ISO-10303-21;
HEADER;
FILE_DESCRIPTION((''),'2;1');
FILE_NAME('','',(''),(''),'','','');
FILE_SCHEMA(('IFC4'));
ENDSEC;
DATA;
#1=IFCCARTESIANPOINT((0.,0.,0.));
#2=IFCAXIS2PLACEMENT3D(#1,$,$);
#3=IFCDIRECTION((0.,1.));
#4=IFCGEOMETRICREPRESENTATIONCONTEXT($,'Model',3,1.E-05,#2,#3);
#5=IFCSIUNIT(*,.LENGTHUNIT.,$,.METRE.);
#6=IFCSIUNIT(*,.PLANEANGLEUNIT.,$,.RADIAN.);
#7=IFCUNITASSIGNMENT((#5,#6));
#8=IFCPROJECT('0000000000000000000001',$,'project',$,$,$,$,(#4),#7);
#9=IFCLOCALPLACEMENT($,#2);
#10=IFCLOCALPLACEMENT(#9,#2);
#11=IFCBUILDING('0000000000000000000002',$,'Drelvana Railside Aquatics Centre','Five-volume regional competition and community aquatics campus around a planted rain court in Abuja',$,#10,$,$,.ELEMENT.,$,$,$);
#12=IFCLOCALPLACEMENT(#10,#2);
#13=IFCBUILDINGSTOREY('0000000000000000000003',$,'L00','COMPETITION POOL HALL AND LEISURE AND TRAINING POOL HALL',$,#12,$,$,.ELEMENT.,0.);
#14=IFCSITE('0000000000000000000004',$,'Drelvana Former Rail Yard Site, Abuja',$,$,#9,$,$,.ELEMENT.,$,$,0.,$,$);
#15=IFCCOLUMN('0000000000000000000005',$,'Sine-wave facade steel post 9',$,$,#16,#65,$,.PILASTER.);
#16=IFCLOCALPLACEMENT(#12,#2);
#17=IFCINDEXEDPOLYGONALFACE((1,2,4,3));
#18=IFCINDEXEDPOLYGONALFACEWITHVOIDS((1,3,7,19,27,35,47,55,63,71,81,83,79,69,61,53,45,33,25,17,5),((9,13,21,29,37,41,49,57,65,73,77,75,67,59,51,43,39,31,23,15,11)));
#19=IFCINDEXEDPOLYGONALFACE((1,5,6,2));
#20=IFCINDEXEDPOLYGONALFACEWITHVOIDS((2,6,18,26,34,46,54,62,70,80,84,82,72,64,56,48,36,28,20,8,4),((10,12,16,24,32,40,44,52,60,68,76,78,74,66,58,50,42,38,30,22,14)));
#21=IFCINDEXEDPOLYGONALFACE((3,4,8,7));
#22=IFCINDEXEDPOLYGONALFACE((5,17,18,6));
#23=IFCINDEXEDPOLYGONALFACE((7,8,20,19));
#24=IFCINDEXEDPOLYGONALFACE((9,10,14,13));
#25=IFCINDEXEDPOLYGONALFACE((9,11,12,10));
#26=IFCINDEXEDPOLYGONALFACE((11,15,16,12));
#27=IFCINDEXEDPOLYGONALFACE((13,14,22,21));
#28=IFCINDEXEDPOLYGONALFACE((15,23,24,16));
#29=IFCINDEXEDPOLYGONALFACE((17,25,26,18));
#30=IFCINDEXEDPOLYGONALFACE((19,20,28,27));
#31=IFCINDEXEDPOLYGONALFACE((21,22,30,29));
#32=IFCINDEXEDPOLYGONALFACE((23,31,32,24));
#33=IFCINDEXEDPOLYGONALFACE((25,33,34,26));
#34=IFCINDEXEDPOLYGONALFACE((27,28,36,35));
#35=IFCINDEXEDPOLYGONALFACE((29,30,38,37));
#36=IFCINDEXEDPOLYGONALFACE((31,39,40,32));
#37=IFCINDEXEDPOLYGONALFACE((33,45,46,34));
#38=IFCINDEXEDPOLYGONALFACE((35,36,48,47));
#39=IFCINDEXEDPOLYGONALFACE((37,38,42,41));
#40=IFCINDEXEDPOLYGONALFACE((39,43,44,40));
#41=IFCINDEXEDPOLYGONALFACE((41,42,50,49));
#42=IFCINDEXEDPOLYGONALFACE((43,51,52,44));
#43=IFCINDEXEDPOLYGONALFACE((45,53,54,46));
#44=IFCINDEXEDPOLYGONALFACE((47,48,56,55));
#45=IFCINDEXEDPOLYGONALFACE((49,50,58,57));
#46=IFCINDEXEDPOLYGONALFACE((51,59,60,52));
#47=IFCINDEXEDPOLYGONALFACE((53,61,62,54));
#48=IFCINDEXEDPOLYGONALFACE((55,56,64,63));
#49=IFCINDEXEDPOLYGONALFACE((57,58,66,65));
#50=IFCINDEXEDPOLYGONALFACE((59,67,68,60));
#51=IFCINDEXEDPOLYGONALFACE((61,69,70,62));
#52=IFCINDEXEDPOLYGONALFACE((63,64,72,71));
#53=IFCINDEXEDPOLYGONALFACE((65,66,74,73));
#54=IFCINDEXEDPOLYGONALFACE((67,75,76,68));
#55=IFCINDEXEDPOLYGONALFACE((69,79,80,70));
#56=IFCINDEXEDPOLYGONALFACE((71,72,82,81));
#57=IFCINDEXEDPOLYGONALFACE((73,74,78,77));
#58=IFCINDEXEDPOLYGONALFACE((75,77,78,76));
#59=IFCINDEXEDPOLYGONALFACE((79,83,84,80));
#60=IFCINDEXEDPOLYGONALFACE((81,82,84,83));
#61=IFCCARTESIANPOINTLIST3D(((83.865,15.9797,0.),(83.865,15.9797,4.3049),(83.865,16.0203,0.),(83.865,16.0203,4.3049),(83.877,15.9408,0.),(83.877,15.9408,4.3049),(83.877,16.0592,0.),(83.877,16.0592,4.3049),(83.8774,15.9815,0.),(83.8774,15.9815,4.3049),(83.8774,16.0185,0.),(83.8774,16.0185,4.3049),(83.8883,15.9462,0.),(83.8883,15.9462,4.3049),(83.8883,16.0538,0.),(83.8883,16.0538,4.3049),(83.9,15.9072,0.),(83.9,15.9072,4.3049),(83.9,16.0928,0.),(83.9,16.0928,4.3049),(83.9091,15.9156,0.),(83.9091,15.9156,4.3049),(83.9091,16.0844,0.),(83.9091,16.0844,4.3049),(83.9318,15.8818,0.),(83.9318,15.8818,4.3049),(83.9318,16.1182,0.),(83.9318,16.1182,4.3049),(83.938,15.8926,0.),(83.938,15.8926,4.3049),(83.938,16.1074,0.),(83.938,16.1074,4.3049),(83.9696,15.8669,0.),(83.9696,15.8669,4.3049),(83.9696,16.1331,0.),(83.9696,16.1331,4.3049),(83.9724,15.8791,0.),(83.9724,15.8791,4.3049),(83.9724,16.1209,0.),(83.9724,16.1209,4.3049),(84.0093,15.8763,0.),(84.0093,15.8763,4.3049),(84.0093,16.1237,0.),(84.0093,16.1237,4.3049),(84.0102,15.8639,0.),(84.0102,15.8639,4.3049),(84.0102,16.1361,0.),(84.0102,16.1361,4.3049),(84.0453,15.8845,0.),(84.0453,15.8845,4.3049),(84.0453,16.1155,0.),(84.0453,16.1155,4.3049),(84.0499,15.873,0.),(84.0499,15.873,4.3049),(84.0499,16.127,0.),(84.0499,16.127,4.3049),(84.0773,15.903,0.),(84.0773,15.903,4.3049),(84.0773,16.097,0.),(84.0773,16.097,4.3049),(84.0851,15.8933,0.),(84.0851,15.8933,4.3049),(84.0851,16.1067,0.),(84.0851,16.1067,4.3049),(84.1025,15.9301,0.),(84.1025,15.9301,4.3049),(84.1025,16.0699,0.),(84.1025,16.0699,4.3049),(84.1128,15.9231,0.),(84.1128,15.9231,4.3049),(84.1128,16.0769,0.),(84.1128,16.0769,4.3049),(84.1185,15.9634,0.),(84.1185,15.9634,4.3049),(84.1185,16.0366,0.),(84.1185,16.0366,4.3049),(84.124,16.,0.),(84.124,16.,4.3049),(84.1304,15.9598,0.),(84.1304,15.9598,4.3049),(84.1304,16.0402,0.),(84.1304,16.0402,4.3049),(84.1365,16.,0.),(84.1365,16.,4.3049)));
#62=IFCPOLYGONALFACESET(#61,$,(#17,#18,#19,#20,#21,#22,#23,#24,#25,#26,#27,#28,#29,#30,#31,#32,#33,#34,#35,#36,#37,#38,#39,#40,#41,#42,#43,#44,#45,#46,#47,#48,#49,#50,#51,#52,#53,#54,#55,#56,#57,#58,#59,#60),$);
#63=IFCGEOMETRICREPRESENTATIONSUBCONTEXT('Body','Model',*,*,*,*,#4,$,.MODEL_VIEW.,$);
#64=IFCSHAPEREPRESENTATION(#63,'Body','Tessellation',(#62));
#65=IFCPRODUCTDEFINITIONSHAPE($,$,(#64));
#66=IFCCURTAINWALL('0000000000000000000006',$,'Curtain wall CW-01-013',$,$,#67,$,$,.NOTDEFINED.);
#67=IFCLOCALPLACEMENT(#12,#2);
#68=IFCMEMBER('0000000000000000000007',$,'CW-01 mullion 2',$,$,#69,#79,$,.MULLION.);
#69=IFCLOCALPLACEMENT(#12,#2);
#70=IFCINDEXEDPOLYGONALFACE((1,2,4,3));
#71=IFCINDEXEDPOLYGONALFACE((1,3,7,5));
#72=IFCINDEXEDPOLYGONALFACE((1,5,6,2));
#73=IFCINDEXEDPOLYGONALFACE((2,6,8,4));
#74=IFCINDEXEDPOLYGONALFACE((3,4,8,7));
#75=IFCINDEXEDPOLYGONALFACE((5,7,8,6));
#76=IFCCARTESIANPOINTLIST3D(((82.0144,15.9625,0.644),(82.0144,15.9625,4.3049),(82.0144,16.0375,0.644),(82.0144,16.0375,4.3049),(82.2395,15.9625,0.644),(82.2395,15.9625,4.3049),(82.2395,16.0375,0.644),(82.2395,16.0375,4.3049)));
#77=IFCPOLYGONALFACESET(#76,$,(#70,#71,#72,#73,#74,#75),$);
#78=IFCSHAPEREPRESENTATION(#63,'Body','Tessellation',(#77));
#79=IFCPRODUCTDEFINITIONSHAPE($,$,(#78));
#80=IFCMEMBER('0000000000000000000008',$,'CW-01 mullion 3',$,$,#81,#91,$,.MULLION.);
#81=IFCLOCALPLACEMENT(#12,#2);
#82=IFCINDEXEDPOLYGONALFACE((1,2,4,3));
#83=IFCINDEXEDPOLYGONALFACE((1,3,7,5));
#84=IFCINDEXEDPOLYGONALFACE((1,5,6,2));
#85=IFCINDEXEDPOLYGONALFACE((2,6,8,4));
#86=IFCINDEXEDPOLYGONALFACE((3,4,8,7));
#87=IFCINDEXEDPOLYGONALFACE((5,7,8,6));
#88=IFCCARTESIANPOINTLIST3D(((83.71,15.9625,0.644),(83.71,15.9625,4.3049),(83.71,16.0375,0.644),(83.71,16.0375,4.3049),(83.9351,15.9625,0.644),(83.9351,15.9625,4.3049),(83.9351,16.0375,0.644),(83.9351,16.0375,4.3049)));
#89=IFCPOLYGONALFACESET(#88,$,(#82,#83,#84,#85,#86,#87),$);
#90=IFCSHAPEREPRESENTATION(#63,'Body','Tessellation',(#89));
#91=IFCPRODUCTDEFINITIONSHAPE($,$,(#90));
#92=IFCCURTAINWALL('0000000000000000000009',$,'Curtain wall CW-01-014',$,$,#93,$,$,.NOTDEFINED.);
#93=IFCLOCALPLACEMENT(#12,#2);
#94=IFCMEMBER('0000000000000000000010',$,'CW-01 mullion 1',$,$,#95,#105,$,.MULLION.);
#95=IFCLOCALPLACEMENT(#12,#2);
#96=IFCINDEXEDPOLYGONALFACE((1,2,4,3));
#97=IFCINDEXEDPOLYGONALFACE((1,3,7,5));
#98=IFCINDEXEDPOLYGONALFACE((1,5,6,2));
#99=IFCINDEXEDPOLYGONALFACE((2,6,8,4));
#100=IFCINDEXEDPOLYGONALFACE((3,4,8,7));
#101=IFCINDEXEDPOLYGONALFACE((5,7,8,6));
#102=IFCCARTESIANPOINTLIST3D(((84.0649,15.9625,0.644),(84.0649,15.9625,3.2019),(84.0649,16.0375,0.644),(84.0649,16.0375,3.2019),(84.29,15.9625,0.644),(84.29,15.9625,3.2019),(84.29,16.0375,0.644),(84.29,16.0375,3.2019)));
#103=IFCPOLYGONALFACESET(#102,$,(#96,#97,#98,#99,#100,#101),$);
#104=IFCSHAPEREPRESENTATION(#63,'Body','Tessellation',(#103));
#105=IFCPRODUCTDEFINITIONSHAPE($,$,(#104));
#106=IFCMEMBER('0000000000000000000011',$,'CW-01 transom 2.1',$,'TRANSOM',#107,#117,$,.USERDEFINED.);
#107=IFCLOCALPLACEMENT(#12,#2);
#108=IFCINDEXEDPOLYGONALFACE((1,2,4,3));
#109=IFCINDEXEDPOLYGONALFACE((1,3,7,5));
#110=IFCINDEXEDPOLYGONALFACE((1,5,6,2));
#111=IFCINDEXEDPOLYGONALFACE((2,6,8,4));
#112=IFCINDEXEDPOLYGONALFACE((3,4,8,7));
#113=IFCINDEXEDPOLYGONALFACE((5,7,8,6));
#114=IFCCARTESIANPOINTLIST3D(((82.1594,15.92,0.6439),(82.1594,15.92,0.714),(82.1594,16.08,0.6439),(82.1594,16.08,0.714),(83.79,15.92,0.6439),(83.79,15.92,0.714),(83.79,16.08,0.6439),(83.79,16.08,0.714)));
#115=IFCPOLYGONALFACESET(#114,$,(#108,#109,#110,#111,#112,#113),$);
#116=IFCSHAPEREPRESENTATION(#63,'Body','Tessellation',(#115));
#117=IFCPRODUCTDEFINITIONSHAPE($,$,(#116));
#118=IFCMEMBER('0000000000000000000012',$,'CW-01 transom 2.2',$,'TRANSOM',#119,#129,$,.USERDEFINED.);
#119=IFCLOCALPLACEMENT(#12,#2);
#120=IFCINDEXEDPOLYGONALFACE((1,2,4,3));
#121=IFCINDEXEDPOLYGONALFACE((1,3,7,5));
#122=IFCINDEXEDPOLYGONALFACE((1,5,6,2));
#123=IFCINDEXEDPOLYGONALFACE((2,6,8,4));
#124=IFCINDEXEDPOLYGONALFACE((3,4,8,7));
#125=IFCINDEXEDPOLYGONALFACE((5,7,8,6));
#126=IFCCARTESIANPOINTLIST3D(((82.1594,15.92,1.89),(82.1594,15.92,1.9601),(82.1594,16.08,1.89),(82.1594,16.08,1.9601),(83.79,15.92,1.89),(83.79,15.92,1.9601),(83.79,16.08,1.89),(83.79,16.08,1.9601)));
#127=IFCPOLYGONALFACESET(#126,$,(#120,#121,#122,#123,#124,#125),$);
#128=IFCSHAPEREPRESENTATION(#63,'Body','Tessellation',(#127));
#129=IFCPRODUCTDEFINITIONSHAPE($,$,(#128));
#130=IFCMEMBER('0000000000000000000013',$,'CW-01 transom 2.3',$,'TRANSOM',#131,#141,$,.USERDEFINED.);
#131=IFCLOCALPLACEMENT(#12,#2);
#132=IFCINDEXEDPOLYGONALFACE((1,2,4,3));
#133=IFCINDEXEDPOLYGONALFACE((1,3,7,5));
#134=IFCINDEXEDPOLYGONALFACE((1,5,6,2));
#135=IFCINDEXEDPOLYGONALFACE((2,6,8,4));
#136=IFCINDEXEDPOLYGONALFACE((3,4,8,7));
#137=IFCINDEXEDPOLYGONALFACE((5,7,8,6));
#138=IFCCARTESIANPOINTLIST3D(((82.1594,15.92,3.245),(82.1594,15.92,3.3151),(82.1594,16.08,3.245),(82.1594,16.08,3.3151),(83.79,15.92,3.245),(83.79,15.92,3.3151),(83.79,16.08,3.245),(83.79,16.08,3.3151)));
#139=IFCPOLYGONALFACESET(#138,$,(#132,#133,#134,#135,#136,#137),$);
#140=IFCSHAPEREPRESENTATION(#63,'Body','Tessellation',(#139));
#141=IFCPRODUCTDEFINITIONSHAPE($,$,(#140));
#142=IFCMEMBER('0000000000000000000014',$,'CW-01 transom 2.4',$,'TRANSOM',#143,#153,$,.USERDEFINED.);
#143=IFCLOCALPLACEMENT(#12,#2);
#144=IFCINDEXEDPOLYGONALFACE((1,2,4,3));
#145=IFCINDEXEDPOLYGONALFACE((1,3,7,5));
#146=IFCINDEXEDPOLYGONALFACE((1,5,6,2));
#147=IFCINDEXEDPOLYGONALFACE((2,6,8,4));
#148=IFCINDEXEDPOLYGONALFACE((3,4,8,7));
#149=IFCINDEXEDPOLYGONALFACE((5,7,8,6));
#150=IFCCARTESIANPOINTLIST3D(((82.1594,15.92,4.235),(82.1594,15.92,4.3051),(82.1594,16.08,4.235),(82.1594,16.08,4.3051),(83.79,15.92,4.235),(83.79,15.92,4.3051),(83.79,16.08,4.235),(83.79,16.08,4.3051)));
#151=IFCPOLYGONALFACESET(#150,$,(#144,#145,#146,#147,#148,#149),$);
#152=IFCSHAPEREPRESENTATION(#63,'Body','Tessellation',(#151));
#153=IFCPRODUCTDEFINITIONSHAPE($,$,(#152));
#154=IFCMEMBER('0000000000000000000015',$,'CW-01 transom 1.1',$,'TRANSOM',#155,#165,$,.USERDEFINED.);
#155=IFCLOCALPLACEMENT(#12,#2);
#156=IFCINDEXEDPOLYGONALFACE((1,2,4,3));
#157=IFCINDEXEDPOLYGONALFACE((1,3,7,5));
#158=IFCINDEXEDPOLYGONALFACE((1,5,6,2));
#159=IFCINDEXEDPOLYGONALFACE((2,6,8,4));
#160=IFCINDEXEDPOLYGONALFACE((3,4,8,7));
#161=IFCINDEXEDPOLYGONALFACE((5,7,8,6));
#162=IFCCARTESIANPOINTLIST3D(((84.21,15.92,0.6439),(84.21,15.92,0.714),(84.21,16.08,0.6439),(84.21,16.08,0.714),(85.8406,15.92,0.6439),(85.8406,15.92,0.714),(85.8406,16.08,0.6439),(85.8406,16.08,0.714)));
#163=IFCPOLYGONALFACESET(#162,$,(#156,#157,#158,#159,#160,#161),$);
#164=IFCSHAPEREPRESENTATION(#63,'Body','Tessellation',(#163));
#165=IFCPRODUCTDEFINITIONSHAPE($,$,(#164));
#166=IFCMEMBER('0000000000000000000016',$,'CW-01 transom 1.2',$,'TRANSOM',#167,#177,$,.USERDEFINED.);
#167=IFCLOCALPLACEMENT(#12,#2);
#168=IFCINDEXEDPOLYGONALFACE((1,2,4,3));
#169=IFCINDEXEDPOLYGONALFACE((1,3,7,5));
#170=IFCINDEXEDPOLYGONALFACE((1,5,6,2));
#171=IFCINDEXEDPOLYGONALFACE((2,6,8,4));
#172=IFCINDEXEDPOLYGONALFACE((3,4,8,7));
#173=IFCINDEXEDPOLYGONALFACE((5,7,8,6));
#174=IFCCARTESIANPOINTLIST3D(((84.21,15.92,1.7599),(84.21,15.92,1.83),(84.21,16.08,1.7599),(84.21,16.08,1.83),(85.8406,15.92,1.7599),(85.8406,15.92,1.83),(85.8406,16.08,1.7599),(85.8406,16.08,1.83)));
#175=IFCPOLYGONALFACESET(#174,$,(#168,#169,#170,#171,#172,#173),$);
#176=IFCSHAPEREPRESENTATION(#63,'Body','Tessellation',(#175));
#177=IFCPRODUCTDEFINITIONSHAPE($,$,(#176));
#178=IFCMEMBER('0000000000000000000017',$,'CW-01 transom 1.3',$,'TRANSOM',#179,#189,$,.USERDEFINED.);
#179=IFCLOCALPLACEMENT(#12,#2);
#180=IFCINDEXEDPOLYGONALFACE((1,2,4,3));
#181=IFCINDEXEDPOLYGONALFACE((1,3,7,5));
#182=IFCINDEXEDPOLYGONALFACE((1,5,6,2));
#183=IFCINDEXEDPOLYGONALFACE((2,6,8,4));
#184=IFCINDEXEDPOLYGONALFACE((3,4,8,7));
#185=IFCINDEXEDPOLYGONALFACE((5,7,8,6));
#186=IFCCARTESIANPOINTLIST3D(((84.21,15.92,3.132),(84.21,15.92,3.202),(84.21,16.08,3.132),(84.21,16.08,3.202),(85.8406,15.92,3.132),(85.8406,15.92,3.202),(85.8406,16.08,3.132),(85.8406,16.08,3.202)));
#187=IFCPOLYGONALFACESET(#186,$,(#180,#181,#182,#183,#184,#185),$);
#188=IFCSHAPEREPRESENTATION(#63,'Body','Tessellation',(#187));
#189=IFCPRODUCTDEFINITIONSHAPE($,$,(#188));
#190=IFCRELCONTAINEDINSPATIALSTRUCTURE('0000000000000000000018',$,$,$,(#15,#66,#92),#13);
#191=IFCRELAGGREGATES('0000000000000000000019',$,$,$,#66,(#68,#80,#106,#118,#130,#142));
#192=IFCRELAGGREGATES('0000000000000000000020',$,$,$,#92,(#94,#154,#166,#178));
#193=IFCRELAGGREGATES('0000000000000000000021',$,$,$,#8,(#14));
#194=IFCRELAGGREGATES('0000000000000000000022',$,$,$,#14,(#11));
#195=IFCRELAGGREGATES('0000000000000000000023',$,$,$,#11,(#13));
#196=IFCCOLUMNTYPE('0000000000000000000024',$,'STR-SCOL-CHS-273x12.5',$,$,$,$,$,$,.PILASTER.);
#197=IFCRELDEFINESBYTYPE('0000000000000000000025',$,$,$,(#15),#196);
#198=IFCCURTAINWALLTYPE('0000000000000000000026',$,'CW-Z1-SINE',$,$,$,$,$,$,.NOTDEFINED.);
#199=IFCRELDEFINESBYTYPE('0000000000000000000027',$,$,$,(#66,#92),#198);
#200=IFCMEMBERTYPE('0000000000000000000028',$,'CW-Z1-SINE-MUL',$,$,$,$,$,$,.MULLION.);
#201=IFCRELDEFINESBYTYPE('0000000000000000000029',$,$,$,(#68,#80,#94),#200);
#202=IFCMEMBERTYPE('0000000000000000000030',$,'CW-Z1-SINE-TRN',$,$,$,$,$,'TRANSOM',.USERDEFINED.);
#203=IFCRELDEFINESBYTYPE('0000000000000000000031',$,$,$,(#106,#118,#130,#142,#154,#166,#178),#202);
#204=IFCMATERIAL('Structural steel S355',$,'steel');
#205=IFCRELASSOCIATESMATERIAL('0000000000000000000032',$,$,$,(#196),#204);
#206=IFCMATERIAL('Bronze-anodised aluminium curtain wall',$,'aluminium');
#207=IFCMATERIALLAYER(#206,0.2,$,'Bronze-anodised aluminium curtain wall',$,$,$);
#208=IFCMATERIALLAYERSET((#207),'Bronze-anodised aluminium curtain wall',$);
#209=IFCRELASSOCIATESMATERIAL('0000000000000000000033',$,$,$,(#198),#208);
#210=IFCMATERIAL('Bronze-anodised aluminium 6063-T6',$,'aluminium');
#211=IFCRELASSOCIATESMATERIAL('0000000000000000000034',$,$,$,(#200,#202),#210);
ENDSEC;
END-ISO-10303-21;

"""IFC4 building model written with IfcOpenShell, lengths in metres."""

from ifc_helpers import new_model, si_unit, direction, frame, origin, origin_2d, place, context, subcontext, project, spatial, rectangle, hollow_circle, extrude, material, layer, layer_set, material_profile, profile_set, type_object, element, aggregate, save


model = new_model("IFC4")

# Units and contexts
model_context = context("Model", 3, precision=1e-05, world=origin(), true_north=direction((0.0, 1.0)))
body_context = subcontext(model_context, "Body", "Model", "MODEL_VIEW")
ifc_project = project(units=[si_unit("LENGTHUNIT", "METRE"), si_unit("PLANEANGLEUNIT", "RADIAN")], contexts=[model_context])

# Site, building, storey
site_placement = place(None, origin())
site = spatial("IfcSite", under=ifc_project, at=site_placement, Name="Drelvana Former Rail Yard Site, Abuja", CompositionType="ELEMENT", RefElevation=0.0)
building_placement = place(site_placement, origin())
building = spatial("IfcBuilding", under=site, at=building_placement, Name="Drelvana Railside Aquatics Centre", Description="Five-volume regional competition and community aquatics campus around a planted rain court in Abuja", CompositionType="ELEMENT")
storey_placement = place(building_placement, origin())
storey = spatial("IfcBuildingStorey", under=building, at=storey_placement, Name="L00", Description="COMPETITION POOL HALL AND LEISURE AND TRAINING POOL HALL", CompositionType="ELEMENT", Elevation=0.0)

# Column
ifc_material_1 = material(Name="Structural steel S355", Category="steel")
ifc_material_profile_1 = material_profile(ifc_material_1, hollow_circle(Radius=0.1365, WallThickness=0.0125, at=origin_2d()), Name="CHS 273x12.5")
ifc_profile_set_1 = profile_set([ifc_material_profile_1], Name="Structural steel S355")
column_type = type_object("IfcColumnType", Name="STR-SCOL-CHS-273x12.5", PredefinedType="PILASTER", material=ifc_profile_set_1)
column_placement = place(storey_placement, frame((84.0, 16.0, 0.0), z_axis=(0.0, 0.0, 1.0), x_axis=(1.0, 0.0, 0.0)))
element("IfcColumn", 1, at=column_placement, inside=storey, type_object=column_type, Name="Sine-wave facade steel post 9", PredefinedType="PILASTER", context=body_context, shape_type="SweptSolid", body=[
    extrude(hollow_circle(Radius=0.1365, WallThickness=0.0125, at=origin_2d()), origin(), (0.0, 0.0, 1.0), 4.3049),
])

# Curtain wall, members
ifc_material_2 = material(Name="Bronze-anodised aluminium curtain wall", Category="aluminium")
ifc_layer_1 = layer(ifc_material_2, 0.2, Name="Bronze-anodised aluminium curtain wall")
ifc_layer_set_1 = layer_set([ifc_layer_1], Name="Bronze-anodised aluminium curtain wall")
curtain_wall_type = type_object("IfcCurtainWallType", Name="CW-Z1-SINE", PredefinedType="NOTDEFINED", material=ifc_layer_set_1)
curtain_wall_1_placement = place(storey_placement, origin())
curtain_wall_1 = element("IfcCurtainWall", 2, at=curtain_wall_1_placement, inside=storey, type_object=curtain_wall_type, Name="Curtain wall CW-01-013", PredefinedType="NOTDEFINED")
ifc_material_3 = material(Name="Bronze-anodised aluminium 6063-T6", Category="aluminium")
ifc_material_profile_2 = material_profile(ifc_material_3, rectangle(XDim=0.075, YDim=0.2251, at=origin_2d()), Name="ALU-M 75x225")
ifc_profile_set_2 = profile_set([ifc_material_profile_2], Name="Bronze-anodised aluminium 6063-T6")
member_type_1 = type_object("IfcMemberType", Name="CW-Z1-SINE-MUL", PredefinedType="MULLION", material=ifc_profile_set_2)
member_1_placement = place(storey_placement, frame((82.127, 16.0, 0.644), z_axis=(0.0, 0.0, 1.0), x_axis=(0.0, 1.0, 0.0)))
member_1 = element("IfcMember", 3, at=member_1_placement, type_object=member_type_1, Name="CW-01 mullion 2", PredefinedType="MULLION", context=body_context, shape_type="SweptSolid", body=[
    extrude(rectangle(XDim=0.075, YDim=0.2251, at=origin_2d()), origin(), (0.0, 0.0, 1.0), 3.6609),
])
member_2_placement = place(storey_placement, frame((83.8225, 16.0, 0.644), z_axis=(0.0, 0.0, 1.0), x_axis=(0.0, 1.0, 0.0)))
member_2 = element("IfcMember", 4, at=member_2_placement, type_object=member_type_1, Name="CW-01 mullion 3", PredefinedType="MULLION", context=body_context, shape_type="SweptSolid", body=[
    extrude(rectangle(XDim=0.075, YDim=0.2251, at=origin_2d()), origin(), (0.0, 0.0, 1.0), 3.6609),
])

# Curtain wall, member
curtain_wall_2_placement = place(storey_placement, origin())
curtain_wall_2 = element("IfcCurtainWall", 5, at=curtain_wall_2_placement, inside=storey, type_object=curtain_wall_type, Name="Curtain wall CW-01-014", PredefinedType="NOTDEFINED")
member_3_placement = place(storey_placement, frame((84.1775, 16.0, 0.644), z_axis=(0.0, 0.0, 1.0), x_axis=(0.0, 1.0, 0.0)))
member_3 = element("IfcMember", 6, at=member_3_placement, type_object=member_type_1, Name="CW-01 mullion 1", PredefinedType="MULLION", context=body_context, shape_type="SweptSolid", body=[
    extrude(rectangle(XDim=0.075, YDim=0.2251, at=origin_2d()), origin(), (0.0, 0.0, 1.0), 2.5579),
])

# Members
ifc_material_profile_3 = material_profile(ifc_material_3, rectangle(XDim=0.1599, YDim=0.0701, at=origin_2d()), Name="ALU-T 70x160")
ifc_profile_set_3 = profile_set([ifc_material_profile_3], Name="Bronze-anodised aluminium 6063-T6")
member_type_2 = type_object("IfcMemberType", Name="CW-Z1-SINE-TRN", ElementType="TRANSOM", PredefinedType="USERDEFINED", material=ifc_profile_set_3)
member_4_placement = place(storey_placement, frame((82.1594, 16.0, 0.679), z_axis=(1.0, 0.0, 0.0), x_axis=(0.0, 1.0, 0.0)))
member_4 = element("IfcMember", 7, at=member_4_placement, type_object=member_type_2, Name="CW-01 transom 2.1", ObjectType="TRANSOM", PredefinedType="USERDEFINED", context=body_context, shape_type="SweptSolid", body=[
    extrude(rectangle(XDim=0.1599, YDim=0.0701, at=origin_2d()), origin(), (0.0, 0.0, 1.0), 1.6306),
])
member_5_placement = place(storey_placement, frame((82.1594, 16.0, 1.925), z_axis=(1.0, 0.0, 0.0), x_axis=(0.0, 1.0, 0.0)))
member_5 = element("IfcMember", 8, at=member_5_placement, type_object=member_type_2, Name="CW-01 transom 2.2", ObjectType="TRANSOM", PredefinedType="USERDEFINED", context=body_context, shape_type="SweptSolid", body=[
    extrude(rectangle(XDim=0.1599, YDim=0.0701, at=origin_2d()), origin(), (0.0, 0.0, 1.0), 1.6306),
])
member_6_placement = place(storey_placement, frame((82.1594, 16.0, 3.28), z_axis=(1.0, 0.0, 0.0), x_axis=(0.0, 1.0, 0.0)))
member_6 = element("IfcMember", 9, at=member_6_placement, type_object=member_type_2, Name="CW-01 transom 2.3", ObjectType="TRANSOM", PredefinedType="USERDEFINED", context=body_context, shape_type="SweptSolid", body=[
    extrude(rectangle(XDim=0.1599, YDim=0.0701, at=origin_2d()), origin(), (0.0, 0.0, 1.0), 1.6306),
])
member_7_placement = place(storey_placement, frame((82.1594, 16.0, 4.27), z_axis=(1.0, 0.0, 0.0), x_axis=(0.0, 1.0, 0.0)))
member_7 = element("IfcMember", 10, at=member_7_placement, type_object=member_type_2, Name="CW-01 transom 2.4", ObjectType="TRANSOM", PredefinedType="USERDEFINED", context=body_context, shape_type="SweptSolid", body=[
    extrude(rectangle(XDim=0.1599, YDim=0.0701, at=origin_2d()), origin(), (0.0, 0.0, 1.0), 1.6306),
])
member_8_placement = place(storey_placement, frame((84.21, 16.0, 0.679), z_axis=(1.0, 0.0, 0.0), x_axis=(0.0, 1.0, 0.0)))
member_8 = element("IfcMember", 11, at=member_8_placement, type_object=member_type_2, Name="CW-01 transom 1.1", ObjectType="TRANSOM", PredefinedType="USERDEFINED", context=body_context, shape_type="SweptSolid", body=[
    extrude(rectangle(XDim=0.1599, YDim=0.0701, at=origin_2d()), origin(), (0.0, 0.0, 1.0), 1.6306),
])
member_9_placement = place(storey_placement, frame((84.21, 16.0, 1.7949), z_axis=(1.0, 0.0, 0.0), x_axis=(0.0, 1.0, 0.0)))
member_9 = element("IfcMember", 12, at=member_9_placement, type_object=member_type_2, Name="CW-01 transom 1.2", ObjectType="TRANSOM", PredefinedType="USERDEFINED", context=body_context, shape_type="SweptSolid", body=[
    extrude(rectangle(XDim=0.1599, YDim=0.0701, at=origin_2d()), origin(), (0.0, 0.0, 1.0), 1.6306),
])
member_10_placement = place(storey_placement, frame((84.21, 16.0, 3.167), z_axis=(1.0, 0.0, 0.0), x_axis=(0.0, 1.0, 0.0)))
member_10 = element("IfcMember", 13, at=member_10_placement, type_object=member_type_2, Name="CW-01 transom 1.3", ObjectType="TRANSOM", PredefinedType="USERDEFINED", context=body_context, shape_type="SweptSolid", body=[
    extrude(rectangle(XDim=0.1599, YDim=0.0701, at=origin_2d()), origin(), (0.0, 0.0, 1.0), 1.6306),
])

aggregate(curtain_wall_1, [member_1, member_2, member_4, member_5, member_6, member_7])
aggregate(curtain_wall_2, [member_3, member_8, member_9, member_10])

save(model, "model.ifc")
